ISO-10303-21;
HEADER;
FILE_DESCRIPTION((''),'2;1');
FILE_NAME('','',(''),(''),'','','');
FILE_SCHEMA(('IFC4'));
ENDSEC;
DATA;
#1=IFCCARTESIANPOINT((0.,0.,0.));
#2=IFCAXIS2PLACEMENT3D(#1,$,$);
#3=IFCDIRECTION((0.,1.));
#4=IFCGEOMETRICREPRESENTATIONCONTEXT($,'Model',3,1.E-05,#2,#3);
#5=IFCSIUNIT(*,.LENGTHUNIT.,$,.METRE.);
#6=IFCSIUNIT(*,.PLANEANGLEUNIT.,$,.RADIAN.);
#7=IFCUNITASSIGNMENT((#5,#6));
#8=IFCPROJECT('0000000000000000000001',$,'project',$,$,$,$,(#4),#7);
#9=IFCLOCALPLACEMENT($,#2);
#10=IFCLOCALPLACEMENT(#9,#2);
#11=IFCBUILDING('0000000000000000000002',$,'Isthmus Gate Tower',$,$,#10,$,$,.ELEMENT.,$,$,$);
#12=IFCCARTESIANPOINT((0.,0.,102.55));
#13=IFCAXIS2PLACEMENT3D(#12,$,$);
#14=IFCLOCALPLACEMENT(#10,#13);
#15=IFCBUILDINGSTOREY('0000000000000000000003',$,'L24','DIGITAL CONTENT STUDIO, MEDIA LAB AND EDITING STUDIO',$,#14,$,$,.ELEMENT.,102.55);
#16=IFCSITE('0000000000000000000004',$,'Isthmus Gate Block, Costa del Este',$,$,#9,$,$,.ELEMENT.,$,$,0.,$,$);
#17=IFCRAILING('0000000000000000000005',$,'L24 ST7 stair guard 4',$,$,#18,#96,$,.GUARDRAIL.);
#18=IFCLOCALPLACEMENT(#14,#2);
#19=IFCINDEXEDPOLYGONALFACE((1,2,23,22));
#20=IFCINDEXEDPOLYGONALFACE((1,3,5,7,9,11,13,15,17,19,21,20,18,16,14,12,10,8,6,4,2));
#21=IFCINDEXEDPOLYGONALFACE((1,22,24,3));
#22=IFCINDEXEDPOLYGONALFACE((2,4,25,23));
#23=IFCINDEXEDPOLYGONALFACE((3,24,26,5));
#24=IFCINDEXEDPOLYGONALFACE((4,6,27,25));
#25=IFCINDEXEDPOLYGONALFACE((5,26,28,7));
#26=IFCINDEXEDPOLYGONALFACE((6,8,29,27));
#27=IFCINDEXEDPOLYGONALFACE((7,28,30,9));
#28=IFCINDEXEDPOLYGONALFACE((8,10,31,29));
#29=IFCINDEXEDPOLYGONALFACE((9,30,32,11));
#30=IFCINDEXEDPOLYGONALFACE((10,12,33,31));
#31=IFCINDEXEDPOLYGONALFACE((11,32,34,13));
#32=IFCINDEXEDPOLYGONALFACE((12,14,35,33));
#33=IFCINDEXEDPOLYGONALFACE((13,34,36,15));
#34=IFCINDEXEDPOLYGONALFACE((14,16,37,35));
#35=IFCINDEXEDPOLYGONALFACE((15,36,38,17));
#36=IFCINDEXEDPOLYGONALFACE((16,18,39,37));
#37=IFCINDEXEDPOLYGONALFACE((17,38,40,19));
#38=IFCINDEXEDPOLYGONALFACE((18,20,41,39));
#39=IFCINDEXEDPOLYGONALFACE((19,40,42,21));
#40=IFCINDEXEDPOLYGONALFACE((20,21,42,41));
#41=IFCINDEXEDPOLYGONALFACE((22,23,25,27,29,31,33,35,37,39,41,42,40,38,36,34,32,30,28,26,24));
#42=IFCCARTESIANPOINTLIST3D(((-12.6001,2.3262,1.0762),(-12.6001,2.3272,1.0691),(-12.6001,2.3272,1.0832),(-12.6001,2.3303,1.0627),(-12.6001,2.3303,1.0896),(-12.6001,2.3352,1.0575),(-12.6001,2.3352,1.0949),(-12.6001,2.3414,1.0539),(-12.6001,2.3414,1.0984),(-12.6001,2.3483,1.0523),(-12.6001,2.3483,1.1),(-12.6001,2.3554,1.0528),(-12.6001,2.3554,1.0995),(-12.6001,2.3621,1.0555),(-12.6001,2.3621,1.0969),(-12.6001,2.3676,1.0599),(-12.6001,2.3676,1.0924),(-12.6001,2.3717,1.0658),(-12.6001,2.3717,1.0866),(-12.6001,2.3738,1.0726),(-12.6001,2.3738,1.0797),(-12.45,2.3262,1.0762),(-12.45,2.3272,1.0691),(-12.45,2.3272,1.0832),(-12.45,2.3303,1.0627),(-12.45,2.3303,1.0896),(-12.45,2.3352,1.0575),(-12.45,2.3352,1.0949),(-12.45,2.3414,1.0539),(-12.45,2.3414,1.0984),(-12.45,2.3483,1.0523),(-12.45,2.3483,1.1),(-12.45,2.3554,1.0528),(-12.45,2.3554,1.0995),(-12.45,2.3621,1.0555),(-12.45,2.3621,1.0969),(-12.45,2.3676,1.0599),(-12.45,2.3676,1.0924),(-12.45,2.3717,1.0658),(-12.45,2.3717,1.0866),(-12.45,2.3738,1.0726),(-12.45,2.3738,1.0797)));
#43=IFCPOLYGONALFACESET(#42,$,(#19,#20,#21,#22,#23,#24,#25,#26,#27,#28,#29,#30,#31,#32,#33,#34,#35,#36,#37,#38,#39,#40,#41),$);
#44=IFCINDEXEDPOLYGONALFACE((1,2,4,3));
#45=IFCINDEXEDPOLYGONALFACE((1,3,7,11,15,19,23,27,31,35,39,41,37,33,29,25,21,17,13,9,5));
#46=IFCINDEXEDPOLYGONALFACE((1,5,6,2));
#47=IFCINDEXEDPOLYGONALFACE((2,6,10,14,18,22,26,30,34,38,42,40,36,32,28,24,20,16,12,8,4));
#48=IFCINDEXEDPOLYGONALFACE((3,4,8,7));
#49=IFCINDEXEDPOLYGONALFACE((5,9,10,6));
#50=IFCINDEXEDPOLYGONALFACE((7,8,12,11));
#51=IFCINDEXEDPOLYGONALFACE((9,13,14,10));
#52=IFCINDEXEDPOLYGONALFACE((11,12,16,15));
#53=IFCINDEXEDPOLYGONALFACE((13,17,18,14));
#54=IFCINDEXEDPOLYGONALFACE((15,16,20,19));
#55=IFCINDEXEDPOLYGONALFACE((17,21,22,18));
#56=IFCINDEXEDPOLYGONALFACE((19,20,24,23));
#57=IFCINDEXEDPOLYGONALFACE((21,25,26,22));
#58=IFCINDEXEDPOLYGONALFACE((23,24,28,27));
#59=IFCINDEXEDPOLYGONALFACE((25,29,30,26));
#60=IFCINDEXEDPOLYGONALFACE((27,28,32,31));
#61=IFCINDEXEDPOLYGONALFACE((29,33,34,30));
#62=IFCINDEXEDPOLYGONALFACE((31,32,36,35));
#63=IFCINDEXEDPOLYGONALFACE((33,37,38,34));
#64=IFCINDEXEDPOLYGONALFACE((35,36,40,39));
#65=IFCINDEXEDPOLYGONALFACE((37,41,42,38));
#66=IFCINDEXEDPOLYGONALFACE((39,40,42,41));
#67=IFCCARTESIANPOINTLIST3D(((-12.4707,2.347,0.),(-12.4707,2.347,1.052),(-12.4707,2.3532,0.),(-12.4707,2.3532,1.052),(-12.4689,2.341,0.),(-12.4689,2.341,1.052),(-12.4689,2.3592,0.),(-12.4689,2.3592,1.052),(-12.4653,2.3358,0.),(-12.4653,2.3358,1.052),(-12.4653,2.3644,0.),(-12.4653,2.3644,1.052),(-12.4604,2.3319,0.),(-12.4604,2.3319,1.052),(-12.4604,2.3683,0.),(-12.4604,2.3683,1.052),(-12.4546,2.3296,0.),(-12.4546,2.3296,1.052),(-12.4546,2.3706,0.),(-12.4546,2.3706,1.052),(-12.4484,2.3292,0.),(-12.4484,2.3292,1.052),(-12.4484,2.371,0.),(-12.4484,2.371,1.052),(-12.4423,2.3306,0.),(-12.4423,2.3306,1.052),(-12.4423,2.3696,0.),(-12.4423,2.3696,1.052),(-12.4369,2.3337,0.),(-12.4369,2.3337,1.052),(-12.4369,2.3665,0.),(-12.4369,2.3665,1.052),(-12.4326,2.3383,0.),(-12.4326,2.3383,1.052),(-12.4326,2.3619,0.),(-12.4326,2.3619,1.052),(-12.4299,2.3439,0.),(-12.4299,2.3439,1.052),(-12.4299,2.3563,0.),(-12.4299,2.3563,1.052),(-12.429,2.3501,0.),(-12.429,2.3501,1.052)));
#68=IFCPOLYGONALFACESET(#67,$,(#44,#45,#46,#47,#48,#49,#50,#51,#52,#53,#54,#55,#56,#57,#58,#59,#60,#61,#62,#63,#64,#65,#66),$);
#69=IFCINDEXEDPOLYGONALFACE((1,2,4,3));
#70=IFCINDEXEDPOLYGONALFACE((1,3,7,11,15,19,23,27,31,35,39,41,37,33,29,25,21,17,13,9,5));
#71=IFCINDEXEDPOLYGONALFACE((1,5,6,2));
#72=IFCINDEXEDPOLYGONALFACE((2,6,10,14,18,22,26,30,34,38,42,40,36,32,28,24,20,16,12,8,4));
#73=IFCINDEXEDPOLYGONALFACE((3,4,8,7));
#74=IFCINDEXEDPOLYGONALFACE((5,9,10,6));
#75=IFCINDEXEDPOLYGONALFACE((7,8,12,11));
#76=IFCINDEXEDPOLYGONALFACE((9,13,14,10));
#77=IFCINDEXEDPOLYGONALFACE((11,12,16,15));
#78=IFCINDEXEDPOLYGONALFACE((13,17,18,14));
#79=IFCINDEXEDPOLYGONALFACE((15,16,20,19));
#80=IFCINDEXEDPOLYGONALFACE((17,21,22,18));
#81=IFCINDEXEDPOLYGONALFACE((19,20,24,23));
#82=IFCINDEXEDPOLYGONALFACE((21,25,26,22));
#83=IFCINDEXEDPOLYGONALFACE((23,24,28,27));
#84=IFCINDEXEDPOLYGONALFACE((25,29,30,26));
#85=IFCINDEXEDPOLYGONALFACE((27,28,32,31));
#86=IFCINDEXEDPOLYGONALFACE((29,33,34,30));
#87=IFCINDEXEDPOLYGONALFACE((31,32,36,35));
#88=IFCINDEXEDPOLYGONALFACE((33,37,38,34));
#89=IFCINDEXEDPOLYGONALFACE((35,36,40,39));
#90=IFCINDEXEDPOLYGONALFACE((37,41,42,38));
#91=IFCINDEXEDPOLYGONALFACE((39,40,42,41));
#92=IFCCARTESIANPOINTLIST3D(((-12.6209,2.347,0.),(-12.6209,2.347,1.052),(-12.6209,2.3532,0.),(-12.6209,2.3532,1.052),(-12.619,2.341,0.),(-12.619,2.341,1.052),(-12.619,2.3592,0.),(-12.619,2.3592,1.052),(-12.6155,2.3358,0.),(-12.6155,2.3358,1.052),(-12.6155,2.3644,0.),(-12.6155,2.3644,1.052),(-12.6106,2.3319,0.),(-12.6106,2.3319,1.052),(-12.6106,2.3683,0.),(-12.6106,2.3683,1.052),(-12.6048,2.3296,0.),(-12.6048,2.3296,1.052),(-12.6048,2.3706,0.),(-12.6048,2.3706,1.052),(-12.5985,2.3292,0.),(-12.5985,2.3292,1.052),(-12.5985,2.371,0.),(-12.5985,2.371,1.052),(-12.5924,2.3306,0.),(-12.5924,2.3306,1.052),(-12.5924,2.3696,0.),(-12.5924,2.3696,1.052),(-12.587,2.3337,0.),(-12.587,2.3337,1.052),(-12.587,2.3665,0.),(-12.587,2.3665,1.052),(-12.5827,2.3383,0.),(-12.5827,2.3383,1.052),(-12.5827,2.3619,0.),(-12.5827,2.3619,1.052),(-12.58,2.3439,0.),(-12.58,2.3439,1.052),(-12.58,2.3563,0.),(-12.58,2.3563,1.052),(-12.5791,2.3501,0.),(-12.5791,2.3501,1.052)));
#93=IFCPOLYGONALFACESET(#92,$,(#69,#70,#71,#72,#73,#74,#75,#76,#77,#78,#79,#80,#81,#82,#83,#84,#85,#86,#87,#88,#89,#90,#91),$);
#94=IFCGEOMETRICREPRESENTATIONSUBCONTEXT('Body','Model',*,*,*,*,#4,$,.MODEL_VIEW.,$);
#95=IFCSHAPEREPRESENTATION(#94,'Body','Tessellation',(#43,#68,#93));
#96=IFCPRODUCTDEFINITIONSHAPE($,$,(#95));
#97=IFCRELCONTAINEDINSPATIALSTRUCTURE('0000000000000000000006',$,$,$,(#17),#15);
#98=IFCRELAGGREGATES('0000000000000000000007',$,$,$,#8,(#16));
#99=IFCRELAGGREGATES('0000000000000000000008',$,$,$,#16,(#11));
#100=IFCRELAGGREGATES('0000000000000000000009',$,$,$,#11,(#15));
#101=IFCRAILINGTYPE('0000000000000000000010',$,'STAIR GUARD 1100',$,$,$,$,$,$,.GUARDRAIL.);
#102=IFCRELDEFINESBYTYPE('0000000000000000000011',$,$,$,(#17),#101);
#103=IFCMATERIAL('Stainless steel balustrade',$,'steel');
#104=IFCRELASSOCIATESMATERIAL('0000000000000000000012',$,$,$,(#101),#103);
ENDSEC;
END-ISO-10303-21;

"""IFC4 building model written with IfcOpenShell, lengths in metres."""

from ifc_helpers import new_model, si_unit, direction, frame, origin, origin_2d, place, context, subcontext, project, spatial, circle, extrude, material, type_object, element, save


model = new_model("IFC4")

# Units and contexts
model_context = context("Model", 3, precision=1e-05, world=origin(), true_north=direction((0.0, 1.0)))
body_context = subcontext(model_context, "Body", "Model", "MODEL_VIEW")
ifc_project = project(units=[si_unit("LENGTHUNIT", "METRE"), si_unit("PLANEANGLEUNIT", "RADIAN")], contexts=[model_context])

# Site, building, storey
site_placement = place(None, origin())
site = spatial("IfcSite", under=ifc_project, at=site_placement, Name="Isthmus Gate Block, Costa del Este", CompositionType="ELEMENT", RefElevation=0.0)
building_placement = place(site_placement, origin())
building = spatial("IfcBuilding", under=site, at=building_placement, Name="Isthmus Gate Tower", CompositionType="ELEMENT")
storey_placement = place(building_placement, frame((0.0, 0.0, 102.55)))
storey = spatial("IfcBuildingStorey", under=building, at=storey_placement, Name="L24", Description="DIGITAL CONTENT STUDIO, MEDIA LAB AND EDITING STUDIO", CompositionType="ELEMENT", Elevation=102.55)

# Railing
ifc_material_1 = material(Name="Stainless steel balustrade", Category="steel")
railing_type_1 = type_object("IfcRailingType", Name="STAIR GUARD 1100", PredefinedType="GUARDRAIL", material=ifc_material_1)
railing_1_placement = place(storey_placement, frame((-12.45, 2.3501, 0.0)))
element("IfcRailing", 1, at=railing_1_placement, inside=storey, type_object=railing_type_1, Name="L24 ST7 stair guard 4", PredefinedType="GUARDRAIL", context=body_context, shape_type="SweptSolid", body=[
    extrude(circle(Radius=0.0239, at=origin_2d()), frame((0.0, 0.0, 1.0762), z_axis=(-1.0, 0.0, 0.0), x_axis=(0.0, -1.0, 0.0)), (0.0, 0.0, 1.0), 0.1501),
    extrude(circle(Radius=0.021, at=origin_2d()), origin(), (0.0, 0.0, 1.0), 1.052),
    extrude(circle(Radius=0.021, at=origin_2d()), frame((-0.1501, 0.0, 0.0)), (0.0, 0.0, 1.0), 1.052),
])

save(model, "model.ifc")
